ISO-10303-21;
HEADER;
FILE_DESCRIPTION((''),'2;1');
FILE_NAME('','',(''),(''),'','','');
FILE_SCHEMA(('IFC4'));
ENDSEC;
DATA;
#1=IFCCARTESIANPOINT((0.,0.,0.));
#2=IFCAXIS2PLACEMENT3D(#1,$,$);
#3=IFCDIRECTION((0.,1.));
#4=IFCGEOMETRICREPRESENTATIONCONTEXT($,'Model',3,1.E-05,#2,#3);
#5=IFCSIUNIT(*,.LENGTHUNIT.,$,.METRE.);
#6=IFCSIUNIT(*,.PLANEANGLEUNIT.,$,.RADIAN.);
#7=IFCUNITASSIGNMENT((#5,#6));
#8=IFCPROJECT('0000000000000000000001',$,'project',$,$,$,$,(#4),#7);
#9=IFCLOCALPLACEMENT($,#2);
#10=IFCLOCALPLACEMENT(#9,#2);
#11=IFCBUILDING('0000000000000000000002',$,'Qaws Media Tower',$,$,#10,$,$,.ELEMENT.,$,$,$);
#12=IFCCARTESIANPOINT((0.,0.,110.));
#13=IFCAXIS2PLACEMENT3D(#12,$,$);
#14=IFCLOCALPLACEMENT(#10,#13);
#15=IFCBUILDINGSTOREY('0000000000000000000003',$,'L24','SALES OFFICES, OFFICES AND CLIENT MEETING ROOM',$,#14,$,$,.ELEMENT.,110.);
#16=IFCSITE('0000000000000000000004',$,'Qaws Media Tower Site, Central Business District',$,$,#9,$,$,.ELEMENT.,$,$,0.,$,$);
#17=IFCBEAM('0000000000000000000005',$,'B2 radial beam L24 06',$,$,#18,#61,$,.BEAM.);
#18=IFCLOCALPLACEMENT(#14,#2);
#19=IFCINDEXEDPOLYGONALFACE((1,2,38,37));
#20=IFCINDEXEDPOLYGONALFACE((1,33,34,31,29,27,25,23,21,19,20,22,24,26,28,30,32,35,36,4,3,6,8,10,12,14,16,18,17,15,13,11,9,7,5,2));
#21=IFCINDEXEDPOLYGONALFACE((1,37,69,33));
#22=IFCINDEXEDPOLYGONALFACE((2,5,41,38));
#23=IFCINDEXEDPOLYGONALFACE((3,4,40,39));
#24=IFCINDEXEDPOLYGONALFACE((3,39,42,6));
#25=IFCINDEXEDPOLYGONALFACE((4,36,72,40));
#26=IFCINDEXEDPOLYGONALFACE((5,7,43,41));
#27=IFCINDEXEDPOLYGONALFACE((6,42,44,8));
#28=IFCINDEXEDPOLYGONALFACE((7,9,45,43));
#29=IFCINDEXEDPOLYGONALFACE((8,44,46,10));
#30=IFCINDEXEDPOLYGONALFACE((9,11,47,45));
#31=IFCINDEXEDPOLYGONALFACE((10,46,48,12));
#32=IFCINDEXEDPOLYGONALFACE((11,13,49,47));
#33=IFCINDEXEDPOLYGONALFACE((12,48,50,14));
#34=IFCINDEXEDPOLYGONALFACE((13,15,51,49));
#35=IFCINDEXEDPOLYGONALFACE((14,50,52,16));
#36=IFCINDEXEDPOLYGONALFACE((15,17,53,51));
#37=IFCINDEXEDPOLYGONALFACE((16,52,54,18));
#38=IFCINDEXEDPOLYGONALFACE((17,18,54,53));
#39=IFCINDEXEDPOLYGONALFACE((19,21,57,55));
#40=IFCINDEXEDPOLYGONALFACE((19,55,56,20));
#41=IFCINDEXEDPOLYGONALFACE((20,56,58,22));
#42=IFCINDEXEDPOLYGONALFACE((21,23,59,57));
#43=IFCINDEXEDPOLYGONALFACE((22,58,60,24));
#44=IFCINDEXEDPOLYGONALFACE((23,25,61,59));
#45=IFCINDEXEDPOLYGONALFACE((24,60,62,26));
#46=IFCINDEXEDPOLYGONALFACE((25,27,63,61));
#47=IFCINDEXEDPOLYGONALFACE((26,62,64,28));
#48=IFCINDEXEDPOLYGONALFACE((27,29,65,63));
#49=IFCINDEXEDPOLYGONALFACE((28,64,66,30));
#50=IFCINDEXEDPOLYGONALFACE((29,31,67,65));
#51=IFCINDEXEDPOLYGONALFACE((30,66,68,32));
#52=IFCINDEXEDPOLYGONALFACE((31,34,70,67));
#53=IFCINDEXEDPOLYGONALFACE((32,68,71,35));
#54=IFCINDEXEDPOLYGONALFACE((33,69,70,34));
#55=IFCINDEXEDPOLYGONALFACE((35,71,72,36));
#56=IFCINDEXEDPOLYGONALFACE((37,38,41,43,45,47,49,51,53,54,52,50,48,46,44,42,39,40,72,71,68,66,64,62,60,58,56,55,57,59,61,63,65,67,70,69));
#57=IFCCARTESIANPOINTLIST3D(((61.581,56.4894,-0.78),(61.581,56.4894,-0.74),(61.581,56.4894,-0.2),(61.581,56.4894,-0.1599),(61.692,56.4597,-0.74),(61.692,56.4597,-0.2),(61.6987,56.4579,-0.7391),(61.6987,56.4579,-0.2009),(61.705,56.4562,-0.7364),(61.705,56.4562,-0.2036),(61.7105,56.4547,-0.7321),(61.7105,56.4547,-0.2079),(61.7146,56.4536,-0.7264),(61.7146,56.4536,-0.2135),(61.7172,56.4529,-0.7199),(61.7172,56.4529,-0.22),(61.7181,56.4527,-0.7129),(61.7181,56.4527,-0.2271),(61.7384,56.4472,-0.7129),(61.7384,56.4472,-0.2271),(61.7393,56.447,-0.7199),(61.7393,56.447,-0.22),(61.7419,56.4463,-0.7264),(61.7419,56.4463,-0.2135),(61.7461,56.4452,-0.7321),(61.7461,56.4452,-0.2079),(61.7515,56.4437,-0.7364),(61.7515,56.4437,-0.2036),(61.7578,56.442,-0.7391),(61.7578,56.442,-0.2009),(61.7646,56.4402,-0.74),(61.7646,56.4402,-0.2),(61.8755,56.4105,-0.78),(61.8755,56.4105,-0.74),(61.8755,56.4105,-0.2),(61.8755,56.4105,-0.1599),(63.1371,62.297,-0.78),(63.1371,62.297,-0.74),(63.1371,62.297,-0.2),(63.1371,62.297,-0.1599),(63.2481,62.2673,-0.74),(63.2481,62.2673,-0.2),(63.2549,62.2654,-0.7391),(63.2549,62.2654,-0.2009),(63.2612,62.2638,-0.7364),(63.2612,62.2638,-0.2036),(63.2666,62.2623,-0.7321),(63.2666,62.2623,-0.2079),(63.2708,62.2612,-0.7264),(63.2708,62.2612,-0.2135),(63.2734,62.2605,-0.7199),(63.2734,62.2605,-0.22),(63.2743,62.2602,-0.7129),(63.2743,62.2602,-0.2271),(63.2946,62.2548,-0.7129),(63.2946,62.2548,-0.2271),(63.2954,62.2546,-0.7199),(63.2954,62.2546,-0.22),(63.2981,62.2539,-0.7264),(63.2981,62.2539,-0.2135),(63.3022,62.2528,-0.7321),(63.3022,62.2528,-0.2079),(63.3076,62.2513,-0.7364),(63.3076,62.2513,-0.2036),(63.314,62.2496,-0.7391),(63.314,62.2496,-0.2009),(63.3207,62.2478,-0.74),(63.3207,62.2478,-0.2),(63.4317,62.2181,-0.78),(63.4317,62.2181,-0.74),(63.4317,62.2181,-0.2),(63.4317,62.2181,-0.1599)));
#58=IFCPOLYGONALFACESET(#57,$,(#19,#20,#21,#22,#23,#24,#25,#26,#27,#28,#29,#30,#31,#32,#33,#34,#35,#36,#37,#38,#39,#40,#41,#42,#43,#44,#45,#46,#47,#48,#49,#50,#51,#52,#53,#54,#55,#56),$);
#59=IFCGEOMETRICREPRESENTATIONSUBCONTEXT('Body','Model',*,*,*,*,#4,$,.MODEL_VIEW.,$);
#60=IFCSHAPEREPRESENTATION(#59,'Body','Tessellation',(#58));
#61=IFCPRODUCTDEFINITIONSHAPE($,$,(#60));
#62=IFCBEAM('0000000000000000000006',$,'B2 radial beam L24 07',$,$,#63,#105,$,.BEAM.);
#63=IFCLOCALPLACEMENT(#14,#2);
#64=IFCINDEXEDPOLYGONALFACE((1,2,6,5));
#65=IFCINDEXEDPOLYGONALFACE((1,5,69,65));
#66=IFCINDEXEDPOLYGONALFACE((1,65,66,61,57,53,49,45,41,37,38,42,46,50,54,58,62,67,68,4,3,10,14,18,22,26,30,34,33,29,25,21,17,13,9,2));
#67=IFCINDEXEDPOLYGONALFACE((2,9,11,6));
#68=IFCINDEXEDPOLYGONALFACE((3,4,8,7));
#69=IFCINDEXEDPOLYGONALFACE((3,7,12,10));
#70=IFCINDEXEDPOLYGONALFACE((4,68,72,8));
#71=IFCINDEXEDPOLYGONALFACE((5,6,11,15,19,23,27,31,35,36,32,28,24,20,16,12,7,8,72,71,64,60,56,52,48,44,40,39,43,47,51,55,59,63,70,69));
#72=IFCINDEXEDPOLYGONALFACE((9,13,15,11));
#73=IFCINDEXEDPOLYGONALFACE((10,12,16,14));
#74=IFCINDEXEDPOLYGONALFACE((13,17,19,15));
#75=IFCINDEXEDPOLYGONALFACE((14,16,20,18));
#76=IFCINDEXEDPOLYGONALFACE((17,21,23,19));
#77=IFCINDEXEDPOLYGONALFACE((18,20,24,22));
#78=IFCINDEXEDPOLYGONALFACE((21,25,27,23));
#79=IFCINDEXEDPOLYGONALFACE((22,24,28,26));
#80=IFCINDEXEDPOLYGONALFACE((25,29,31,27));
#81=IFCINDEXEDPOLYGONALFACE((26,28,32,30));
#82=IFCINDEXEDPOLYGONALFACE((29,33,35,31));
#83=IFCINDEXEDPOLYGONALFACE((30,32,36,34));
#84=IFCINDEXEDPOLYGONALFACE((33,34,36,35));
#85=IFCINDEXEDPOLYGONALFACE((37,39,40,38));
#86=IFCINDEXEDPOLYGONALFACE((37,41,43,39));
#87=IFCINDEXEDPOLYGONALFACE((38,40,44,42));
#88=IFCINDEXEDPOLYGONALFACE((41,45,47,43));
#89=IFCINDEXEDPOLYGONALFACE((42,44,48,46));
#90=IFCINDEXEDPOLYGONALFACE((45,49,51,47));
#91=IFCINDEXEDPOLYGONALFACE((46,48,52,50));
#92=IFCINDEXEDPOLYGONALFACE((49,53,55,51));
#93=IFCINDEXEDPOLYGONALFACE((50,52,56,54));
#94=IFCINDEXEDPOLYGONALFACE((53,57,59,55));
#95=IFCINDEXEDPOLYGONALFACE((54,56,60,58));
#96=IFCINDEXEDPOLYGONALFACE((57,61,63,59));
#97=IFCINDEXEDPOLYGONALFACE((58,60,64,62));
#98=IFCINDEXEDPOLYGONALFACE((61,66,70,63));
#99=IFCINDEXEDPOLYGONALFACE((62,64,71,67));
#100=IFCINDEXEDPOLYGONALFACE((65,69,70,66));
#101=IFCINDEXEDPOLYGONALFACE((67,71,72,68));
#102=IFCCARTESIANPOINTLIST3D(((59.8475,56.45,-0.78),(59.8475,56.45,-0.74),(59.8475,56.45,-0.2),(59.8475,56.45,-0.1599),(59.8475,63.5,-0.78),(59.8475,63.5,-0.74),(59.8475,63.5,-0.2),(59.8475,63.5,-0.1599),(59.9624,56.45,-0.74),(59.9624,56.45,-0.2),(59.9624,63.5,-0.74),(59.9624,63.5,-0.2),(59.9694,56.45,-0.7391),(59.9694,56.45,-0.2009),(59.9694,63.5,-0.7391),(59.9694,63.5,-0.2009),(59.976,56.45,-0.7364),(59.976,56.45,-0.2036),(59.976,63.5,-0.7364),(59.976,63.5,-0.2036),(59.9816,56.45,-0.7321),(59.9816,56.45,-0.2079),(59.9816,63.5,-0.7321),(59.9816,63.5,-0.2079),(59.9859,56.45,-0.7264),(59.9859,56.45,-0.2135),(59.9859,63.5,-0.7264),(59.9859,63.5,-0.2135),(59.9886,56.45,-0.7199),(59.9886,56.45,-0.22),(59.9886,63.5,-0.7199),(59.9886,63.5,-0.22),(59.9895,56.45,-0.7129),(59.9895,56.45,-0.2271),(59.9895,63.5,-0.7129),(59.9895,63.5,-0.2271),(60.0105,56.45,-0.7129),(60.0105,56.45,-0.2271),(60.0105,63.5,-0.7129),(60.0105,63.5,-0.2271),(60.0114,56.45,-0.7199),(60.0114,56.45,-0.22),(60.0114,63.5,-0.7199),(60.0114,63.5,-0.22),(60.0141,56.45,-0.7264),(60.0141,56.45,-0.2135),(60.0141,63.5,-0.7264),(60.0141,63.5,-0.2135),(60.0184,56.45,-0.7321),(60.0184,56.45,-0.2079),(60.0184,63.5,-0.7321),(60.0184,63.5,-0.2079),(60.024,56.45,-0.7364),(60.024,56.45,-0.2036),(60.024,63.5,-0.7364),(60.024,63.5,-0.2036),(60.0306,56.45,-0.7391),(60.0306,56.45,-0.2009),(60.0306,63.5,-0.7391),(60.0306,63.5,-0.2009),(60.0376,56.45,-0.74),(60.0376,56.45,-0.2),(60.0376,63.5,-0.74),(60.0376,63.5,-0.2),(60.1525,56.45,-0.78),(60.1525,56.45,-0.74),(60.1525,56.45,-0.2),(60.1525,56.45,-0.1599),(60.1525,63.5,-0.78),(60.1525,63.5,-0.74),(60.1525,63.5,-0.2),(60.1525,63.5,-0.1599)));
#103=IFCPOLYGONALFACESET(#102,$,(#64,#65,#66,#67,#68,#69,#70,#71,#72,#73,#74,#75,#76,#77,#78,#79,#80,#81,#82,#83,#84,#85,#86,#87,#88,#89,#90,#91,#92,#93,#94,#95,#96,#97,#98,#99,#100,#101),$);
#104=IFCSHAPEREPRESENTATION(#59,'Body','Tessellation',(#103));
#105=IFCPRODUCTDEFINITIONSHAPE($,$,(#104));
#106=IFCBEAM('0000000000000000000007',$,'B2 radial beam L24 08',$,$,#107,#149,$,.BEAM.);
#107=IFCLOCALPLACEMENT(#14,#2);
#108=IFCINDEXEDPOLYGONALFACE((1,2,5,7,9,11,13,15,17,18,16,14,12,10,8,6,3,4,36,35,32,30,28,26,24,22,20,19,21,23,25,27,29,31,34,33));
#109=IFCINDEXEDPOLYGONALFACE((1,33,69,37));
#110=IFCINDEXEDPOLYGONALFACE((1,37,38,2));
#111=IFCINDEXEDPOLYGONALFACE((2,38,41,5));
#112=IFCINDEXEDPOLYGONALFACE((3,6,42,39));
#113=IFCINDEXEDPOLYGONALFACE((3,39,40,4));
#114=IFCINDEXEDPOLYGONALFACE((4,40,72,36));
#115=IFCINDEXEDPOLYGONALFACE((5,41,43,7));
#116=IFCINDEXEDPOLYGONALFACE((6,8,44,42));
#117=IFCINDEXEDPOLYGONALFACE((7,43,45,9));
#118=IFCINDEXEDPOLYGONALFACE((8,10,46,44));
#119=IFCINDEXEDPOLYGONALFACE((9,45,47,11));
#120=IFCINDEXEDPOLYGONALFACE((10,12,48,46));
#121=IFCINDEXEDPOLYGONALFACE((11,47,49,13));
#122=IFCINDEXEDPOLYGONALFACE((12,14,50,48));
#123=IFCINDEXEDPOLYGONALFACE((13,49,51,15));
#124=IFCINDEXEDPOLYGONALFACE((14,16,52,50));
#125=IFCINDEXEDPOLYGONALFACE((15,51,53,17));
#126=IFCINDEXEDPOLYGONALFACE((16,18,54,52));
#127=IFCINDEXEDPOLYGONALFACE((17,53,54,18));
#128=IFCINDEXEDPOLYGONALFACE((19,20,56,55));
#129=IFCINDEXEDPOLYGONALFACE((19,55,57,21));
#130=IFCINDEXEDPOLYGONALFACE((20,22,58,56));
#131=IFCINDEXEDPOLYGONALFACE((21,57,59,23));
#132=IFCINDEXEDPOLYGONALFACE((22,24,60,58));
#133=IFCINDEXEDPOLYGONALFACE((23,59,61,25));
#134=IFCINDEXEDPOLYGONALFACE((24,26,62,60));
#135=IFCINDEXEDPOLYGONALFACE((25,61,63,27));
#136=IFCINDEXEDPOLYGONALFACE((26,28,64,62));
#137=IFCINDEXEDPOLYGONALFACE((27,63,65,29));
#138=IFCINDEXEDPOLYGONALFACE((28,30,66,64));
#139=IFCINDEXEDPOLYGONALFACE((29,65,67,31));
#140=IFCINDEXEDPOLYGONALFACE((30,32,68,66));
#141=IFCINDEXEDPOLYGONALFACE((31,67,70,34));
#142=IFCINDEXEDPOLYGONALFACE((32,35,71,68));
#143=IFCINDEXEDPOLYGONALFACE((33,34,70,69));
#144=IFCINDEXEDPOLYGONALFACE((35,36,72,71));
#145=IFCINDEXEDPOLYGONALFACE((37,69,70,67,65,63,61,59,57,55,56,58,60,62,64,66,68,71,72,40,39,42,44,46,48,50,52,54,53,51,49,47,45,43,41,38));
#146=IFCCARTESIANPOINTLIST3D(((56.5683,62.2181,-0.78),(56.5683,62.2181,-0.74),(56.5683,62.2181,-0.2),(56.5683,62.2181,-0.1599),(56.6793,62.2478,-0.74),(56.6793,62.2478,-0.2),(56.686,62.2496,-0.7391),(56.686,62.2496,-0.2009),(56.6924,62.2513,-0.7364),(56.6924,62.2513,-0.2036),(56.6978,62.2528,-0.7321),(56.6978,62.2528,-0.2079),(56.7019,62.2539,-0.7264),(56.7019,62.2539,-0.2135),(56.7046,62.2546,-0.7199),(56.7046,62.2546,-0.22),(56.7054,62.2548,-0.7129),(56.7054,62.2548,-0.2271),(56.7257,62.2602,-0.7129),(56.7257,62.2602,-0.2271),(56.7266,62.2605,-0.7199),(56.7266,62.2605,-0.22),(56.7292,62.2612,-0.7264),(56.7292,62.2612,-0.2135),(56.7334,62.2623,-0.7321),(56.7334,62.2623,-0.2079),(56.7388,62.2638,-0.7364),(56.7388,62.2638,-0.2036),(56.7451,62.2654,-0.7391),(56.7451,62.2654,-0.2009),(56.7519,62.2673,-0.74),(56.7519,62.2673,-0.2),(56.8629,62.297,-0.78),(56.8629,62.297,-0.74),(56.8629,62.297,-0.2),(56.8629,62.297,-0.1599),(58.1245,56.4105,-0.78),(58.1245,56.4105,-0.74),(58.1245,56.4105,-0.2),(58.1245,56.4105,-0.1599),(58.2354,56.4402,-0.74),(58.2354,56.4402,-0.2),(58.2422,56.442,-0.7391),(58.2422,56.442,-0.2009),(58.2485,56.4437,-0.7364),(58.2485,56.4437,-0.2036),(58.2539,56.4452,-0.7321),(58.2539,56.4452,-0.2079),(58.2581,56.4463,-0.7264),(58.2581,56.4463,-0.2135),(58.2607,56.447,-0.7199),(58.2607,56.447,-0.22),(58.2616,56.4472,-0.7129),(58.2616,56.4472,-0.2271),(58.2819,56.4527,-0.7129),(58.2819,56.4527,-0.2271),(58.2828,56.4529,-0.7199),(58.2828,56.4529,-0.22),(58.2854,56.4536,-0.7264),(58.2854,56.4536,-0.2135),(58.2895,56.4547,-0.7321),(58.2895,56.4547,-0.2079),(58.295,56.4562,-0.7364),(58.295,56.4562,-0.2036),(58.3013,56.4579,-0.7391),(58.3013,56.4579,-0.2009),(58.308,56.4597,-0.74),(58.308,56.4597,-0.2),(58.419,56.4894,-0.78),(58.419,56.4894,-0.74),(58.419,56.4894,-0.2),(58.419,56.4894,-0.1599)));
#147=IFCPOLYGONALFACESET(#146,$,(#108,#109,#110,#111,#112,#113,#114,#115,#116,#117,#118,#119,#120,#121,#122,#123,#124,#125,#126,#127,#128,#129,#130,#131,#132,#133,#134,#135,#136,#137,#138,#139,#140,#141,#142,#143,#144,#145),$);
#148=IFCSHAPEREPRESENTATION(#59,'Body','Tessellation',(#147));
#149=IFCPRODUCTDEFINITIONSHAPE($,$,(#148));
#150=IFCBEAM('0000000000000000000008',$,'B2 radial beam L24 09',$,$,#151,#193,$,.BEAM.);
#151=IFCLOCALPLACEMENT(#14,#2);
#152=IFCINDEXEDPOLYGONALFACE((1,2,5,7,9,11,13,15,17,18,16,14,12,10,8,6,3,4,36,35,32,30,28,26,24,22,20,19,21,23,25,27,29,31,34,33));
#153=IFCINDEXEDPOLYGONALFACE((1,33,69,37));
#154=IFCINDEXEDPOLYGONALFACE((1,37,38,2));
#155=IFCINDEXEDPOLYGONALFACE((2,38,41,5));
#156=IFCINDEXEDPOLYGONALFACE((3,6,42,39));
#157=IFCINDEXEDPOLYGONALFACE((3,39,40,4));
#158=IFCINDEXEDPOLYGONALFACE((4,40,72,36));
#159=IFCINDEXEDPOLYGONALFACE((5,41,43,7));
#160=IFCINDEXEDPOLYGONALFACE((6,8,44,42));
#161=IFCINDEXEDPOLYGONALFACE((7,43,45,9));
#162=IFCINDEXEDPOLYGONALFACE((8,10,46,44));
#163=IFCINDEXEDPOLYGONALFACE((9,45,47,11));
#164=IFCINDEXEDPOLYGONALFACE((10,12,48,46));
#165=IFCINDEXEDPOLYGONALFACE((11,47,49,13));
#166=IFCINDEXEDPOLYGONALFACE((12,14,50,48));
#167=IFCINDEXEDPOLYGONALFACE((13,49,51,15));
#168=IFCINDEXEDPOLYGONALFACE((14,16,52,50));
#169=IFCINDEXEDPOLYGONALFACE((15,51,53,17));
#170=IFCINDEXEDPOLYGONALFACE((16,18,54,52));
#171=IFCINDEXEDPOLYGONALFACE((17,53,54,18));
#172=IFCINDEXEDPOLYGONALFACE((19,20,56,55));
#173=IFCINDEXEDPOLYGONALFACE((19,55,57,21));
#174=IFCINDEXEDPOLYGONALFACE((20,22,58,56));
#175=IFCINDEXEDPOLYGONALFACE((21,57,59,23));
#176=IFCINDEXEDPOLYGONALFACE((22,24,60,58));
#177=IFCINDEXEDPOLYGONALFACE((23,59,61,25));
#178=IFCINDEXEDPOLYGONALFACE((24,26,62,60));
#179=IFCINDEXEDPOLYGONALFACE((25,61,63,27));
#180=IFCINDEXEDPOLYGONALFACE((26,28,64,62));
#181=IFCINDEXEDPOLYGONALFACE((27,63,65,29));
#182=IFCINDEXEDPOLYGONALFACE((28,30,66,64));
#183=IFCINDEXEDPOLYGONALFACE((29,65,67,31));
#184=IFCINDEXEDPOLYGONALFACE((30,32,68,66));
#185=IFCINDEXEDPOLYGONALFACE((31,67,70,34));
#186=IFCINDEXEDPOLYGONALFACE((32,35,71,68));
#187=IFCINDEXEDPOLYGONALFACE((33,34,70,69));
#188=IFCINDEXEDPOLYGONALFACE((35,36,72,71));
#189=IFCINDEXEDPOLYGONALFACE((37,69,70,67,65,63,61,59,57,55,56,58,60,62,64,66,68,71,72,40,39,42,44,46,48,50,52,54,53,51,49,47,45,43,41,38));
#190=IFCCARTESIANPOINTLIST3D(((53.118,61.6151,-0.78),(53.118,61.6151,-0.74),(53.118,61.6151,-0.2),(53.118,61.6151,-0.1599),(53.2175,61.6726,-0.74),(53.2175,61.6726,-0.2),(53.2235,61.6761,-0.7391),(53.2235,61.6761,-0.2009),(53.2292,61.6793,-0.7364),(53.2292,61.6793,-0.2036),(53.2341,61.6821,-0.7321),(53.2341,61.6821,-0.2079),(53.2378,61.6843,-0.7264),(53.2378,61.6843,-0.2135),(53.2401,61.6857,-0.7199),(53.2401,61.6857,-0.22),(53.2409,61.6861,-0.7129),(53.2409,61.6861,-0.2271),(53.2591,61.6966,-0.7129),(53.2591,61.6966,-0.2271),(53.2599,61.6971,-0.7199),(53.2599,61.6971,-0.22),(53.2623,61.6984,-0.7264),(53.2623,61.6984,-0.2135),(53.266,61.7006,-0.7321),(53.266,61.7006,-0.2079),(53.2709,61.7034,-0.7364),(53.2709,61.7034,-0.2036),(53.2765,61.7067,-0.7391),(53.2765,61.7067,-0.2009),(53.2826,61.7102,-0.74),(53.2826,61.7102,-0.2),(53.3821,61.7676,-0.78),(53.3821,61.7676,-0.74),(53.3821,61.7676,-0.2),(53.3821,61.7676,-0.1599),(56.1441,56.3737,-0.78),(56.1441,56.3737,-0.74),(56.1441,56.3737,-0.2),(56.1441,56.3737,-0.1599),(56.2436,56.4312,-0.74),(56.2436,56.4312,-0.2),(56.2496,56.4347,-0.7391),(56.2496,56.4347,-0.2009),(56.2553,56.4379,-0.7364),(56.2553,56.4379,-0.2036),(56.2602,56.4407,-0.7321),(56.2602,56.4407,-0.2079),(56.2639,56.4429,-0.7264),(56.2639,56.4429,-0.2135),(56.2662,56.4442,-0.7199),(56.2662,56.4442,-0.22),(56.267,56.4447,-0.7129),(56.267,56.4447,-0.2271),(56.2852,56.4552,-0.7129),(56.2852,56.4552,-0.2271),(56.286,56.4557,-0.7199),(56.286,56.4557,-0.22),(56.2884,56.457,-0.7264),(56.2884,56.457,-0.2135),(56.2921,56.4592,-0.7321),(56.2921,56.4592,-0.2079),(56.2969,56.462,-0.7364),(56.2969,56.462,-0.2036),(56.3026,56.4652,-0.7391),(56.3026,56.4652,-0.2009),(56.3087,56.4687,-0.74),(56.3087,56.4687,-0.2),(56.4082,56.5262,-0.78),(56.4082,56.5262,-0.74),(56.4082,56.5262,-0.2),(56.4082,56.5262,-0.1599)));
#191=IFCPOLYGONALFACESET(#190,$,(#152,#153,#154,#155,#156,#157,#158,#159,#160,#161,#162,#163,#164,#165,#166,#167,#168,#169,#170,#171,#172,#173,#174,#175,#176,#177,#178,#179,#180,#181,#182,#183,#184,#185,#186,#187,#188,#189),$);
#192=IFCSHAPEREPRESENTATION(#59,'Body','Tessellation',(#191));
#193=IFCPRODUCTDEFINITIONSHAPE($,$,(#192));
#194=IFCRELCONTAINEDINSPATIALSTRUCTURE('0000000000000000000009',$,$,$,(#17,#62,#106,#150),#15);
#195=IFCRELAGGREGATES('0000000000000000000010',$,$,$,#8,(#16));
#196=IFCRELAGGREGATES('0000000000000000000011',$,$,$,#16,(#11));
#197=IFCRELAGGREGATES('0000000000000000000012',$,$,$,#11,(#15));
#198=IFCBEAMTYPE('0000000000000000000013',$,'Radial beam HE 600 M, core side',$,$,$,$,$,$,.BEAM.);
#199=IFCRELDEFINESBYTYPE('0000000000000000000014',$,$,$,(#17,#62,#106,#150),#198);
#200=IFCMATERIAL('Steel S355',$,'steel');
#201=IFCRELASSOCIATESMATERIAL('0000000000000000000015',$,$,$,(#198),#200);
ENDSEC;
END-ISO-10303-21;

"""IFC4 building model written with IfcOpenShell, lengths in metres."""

from ifc_helpers import new_model, si_unit, direction, frame, origin, origin_2d, place, context, subcontext, project, spatial, i_section, extrude, material, material_profile, profile_set, type_object, element, save


model = new_model("IFC4")

# Units and contexts
model_context = context("Model", 3, precision=1e-05, world=origin(), true_north=direction((0.0, 1.0)))
body_context = subcontext(model_context, "Body", "Model", "MODEL_VIEW")
ifc_project = project(units=[si_unit("LENGTHUNIT", "METRE"), si_unit("PLANEANGLEUNIT", "RADIAN")], contexts=[model_context])

# Site, building, storey
site_placement = place(None, origin())
site = spatial("IfcSite", under=ifc_project, at=site_placement, Name="Qaws Media Tower Site, Central Business District", CompositionType="ELEMENT", RefElevation=0.0)
building_placement = place(site_placement, origin())
building = spatial("IfcBuilding", under=site, at=building_placement, Name="Qaws Media Tower", CompositionType="ELEMENT")
storey_placement = place(building_placement, frame((0.0, 0.0, 110.0)))
storey = spatial("IfcBuildingStorey", under=building, at=storey_placement, Name="L24", Description="SALES OFFICES, OFFICES AND CLIENT MEETING ROOM", CompositionType="ELEMENT", Elevation=110.0)

# Beams
ifc_material_1 = material(Name="Steel S355", Category="steel")
ifc_material_profile_1 = material_profile(ifc_material_1, i_section(OverallWidth=0.3049, OverallDepth=0.6201, WebThickness=0.021, FlangeThickness=0.04, FilletRadius=0.0271, at=origin_2d()), Name="HE 600 M")
ifc_profile_set_1 = profile_set([ifc_material_profile_1], Name="Steel S355")
beam_type_1 = type_object("IfcBeamType", Name="Radial beam HE 600 M, core side", PredefinedType="BEAM", material=ifc_profile_set_1)
beam_1_placement = place(storey_placement, frame((61.7283, 56.45, -0.47), z_axis=(0.25882, 0.965926, 0.0), x_axis=(-0.965926, 0.25882, 0.0)))
element("IfcBeam", 1, at=beam_1_placement, inside=storey, type_object=beam_type_1, Name="B2 radial beam L24 06", PredefinedType="BEAM", context=body_context, shape_type="SweptSolid", body=[
    extrude(i_section(OverallWidth=0.3049, OverallDepth=0.6201, WebThickness=0.021, FlangeThickness=0.04, FilletRadius=0.0271, at=origin_2d()), origin(), (0.0, 0.0, 1.0), 6.0125),
])
beam_2_placement = place(storey_placement, frame((60.0, 56.45, -0.47), z_axis=(0.0, 1.0, 0.0), x_axis=(-1.0, 0.0, 0.0)))
element("IfcBeam", 2, at=beam_2_placement, inside=storey, type_object=beam_type_1, Name="B2 radial beam L24 07", PredefinedType="BEAM", context=body_context, shape_type="SweptSolid", body=[
    extrude(i_section(OverallWidth=0.3049, OverallDepth=0.6201, WebThickness=0.021, FlangeThickness=0.04, FilletRadius=0.0271, at=origin_2d()), origin(), (0.0, 0.0, 1.0), 7.05),
])
beam_3_placement = place(storey_placement, frame((58.2717, 56.45, -0.47), z_axis=(-0.25882, 0.965926, 0.0), x_axis=(-0.965926, -0.25882, 0.0)))
element("IfcBeam", 3, at=beam_3_placement, inside=storey, type_object=beam_type_1, Name="B2 radial beam L24 08", PredefinedType="BEAM", context=body_context, shape_type="SweptSolid", body=[
    extrude(i_section(OverallWidth=0.3049, OverallDepth=0.6201, WebThickness=0.021, FlangeThickness=0.04, FilletRadius=0.0271, at=origin_2d()), origin(), (0.0, 0.0, 1.0), 6.0125),
])
beam_4_placement = place(storey_placement, frame((56.2761, 56.45, -0.47), z_axis=(-0.499996, 0.866028, 0.0), x_axis=(-0.866028, -0.499996, 0.0)))
element("IfcBeam", 4, at=beam_4_placement, inside=storey, type_object=beam_type_1, Name="B2 radial beam L24 09", PredefinedType="BEAM", context=body_context, shape_type="SweptSolid", body=[
    extrude(i_section(OverallWidth=0.3049, OverallDepth=0.6201, WebThickness=0.021, FlangeThickness=0.04, FilletRadius=0.0271, at=origin_2d()), origin(), (0.0, 0.0, 1.0), 6.0522),
])

save(model, "model.ifc")
